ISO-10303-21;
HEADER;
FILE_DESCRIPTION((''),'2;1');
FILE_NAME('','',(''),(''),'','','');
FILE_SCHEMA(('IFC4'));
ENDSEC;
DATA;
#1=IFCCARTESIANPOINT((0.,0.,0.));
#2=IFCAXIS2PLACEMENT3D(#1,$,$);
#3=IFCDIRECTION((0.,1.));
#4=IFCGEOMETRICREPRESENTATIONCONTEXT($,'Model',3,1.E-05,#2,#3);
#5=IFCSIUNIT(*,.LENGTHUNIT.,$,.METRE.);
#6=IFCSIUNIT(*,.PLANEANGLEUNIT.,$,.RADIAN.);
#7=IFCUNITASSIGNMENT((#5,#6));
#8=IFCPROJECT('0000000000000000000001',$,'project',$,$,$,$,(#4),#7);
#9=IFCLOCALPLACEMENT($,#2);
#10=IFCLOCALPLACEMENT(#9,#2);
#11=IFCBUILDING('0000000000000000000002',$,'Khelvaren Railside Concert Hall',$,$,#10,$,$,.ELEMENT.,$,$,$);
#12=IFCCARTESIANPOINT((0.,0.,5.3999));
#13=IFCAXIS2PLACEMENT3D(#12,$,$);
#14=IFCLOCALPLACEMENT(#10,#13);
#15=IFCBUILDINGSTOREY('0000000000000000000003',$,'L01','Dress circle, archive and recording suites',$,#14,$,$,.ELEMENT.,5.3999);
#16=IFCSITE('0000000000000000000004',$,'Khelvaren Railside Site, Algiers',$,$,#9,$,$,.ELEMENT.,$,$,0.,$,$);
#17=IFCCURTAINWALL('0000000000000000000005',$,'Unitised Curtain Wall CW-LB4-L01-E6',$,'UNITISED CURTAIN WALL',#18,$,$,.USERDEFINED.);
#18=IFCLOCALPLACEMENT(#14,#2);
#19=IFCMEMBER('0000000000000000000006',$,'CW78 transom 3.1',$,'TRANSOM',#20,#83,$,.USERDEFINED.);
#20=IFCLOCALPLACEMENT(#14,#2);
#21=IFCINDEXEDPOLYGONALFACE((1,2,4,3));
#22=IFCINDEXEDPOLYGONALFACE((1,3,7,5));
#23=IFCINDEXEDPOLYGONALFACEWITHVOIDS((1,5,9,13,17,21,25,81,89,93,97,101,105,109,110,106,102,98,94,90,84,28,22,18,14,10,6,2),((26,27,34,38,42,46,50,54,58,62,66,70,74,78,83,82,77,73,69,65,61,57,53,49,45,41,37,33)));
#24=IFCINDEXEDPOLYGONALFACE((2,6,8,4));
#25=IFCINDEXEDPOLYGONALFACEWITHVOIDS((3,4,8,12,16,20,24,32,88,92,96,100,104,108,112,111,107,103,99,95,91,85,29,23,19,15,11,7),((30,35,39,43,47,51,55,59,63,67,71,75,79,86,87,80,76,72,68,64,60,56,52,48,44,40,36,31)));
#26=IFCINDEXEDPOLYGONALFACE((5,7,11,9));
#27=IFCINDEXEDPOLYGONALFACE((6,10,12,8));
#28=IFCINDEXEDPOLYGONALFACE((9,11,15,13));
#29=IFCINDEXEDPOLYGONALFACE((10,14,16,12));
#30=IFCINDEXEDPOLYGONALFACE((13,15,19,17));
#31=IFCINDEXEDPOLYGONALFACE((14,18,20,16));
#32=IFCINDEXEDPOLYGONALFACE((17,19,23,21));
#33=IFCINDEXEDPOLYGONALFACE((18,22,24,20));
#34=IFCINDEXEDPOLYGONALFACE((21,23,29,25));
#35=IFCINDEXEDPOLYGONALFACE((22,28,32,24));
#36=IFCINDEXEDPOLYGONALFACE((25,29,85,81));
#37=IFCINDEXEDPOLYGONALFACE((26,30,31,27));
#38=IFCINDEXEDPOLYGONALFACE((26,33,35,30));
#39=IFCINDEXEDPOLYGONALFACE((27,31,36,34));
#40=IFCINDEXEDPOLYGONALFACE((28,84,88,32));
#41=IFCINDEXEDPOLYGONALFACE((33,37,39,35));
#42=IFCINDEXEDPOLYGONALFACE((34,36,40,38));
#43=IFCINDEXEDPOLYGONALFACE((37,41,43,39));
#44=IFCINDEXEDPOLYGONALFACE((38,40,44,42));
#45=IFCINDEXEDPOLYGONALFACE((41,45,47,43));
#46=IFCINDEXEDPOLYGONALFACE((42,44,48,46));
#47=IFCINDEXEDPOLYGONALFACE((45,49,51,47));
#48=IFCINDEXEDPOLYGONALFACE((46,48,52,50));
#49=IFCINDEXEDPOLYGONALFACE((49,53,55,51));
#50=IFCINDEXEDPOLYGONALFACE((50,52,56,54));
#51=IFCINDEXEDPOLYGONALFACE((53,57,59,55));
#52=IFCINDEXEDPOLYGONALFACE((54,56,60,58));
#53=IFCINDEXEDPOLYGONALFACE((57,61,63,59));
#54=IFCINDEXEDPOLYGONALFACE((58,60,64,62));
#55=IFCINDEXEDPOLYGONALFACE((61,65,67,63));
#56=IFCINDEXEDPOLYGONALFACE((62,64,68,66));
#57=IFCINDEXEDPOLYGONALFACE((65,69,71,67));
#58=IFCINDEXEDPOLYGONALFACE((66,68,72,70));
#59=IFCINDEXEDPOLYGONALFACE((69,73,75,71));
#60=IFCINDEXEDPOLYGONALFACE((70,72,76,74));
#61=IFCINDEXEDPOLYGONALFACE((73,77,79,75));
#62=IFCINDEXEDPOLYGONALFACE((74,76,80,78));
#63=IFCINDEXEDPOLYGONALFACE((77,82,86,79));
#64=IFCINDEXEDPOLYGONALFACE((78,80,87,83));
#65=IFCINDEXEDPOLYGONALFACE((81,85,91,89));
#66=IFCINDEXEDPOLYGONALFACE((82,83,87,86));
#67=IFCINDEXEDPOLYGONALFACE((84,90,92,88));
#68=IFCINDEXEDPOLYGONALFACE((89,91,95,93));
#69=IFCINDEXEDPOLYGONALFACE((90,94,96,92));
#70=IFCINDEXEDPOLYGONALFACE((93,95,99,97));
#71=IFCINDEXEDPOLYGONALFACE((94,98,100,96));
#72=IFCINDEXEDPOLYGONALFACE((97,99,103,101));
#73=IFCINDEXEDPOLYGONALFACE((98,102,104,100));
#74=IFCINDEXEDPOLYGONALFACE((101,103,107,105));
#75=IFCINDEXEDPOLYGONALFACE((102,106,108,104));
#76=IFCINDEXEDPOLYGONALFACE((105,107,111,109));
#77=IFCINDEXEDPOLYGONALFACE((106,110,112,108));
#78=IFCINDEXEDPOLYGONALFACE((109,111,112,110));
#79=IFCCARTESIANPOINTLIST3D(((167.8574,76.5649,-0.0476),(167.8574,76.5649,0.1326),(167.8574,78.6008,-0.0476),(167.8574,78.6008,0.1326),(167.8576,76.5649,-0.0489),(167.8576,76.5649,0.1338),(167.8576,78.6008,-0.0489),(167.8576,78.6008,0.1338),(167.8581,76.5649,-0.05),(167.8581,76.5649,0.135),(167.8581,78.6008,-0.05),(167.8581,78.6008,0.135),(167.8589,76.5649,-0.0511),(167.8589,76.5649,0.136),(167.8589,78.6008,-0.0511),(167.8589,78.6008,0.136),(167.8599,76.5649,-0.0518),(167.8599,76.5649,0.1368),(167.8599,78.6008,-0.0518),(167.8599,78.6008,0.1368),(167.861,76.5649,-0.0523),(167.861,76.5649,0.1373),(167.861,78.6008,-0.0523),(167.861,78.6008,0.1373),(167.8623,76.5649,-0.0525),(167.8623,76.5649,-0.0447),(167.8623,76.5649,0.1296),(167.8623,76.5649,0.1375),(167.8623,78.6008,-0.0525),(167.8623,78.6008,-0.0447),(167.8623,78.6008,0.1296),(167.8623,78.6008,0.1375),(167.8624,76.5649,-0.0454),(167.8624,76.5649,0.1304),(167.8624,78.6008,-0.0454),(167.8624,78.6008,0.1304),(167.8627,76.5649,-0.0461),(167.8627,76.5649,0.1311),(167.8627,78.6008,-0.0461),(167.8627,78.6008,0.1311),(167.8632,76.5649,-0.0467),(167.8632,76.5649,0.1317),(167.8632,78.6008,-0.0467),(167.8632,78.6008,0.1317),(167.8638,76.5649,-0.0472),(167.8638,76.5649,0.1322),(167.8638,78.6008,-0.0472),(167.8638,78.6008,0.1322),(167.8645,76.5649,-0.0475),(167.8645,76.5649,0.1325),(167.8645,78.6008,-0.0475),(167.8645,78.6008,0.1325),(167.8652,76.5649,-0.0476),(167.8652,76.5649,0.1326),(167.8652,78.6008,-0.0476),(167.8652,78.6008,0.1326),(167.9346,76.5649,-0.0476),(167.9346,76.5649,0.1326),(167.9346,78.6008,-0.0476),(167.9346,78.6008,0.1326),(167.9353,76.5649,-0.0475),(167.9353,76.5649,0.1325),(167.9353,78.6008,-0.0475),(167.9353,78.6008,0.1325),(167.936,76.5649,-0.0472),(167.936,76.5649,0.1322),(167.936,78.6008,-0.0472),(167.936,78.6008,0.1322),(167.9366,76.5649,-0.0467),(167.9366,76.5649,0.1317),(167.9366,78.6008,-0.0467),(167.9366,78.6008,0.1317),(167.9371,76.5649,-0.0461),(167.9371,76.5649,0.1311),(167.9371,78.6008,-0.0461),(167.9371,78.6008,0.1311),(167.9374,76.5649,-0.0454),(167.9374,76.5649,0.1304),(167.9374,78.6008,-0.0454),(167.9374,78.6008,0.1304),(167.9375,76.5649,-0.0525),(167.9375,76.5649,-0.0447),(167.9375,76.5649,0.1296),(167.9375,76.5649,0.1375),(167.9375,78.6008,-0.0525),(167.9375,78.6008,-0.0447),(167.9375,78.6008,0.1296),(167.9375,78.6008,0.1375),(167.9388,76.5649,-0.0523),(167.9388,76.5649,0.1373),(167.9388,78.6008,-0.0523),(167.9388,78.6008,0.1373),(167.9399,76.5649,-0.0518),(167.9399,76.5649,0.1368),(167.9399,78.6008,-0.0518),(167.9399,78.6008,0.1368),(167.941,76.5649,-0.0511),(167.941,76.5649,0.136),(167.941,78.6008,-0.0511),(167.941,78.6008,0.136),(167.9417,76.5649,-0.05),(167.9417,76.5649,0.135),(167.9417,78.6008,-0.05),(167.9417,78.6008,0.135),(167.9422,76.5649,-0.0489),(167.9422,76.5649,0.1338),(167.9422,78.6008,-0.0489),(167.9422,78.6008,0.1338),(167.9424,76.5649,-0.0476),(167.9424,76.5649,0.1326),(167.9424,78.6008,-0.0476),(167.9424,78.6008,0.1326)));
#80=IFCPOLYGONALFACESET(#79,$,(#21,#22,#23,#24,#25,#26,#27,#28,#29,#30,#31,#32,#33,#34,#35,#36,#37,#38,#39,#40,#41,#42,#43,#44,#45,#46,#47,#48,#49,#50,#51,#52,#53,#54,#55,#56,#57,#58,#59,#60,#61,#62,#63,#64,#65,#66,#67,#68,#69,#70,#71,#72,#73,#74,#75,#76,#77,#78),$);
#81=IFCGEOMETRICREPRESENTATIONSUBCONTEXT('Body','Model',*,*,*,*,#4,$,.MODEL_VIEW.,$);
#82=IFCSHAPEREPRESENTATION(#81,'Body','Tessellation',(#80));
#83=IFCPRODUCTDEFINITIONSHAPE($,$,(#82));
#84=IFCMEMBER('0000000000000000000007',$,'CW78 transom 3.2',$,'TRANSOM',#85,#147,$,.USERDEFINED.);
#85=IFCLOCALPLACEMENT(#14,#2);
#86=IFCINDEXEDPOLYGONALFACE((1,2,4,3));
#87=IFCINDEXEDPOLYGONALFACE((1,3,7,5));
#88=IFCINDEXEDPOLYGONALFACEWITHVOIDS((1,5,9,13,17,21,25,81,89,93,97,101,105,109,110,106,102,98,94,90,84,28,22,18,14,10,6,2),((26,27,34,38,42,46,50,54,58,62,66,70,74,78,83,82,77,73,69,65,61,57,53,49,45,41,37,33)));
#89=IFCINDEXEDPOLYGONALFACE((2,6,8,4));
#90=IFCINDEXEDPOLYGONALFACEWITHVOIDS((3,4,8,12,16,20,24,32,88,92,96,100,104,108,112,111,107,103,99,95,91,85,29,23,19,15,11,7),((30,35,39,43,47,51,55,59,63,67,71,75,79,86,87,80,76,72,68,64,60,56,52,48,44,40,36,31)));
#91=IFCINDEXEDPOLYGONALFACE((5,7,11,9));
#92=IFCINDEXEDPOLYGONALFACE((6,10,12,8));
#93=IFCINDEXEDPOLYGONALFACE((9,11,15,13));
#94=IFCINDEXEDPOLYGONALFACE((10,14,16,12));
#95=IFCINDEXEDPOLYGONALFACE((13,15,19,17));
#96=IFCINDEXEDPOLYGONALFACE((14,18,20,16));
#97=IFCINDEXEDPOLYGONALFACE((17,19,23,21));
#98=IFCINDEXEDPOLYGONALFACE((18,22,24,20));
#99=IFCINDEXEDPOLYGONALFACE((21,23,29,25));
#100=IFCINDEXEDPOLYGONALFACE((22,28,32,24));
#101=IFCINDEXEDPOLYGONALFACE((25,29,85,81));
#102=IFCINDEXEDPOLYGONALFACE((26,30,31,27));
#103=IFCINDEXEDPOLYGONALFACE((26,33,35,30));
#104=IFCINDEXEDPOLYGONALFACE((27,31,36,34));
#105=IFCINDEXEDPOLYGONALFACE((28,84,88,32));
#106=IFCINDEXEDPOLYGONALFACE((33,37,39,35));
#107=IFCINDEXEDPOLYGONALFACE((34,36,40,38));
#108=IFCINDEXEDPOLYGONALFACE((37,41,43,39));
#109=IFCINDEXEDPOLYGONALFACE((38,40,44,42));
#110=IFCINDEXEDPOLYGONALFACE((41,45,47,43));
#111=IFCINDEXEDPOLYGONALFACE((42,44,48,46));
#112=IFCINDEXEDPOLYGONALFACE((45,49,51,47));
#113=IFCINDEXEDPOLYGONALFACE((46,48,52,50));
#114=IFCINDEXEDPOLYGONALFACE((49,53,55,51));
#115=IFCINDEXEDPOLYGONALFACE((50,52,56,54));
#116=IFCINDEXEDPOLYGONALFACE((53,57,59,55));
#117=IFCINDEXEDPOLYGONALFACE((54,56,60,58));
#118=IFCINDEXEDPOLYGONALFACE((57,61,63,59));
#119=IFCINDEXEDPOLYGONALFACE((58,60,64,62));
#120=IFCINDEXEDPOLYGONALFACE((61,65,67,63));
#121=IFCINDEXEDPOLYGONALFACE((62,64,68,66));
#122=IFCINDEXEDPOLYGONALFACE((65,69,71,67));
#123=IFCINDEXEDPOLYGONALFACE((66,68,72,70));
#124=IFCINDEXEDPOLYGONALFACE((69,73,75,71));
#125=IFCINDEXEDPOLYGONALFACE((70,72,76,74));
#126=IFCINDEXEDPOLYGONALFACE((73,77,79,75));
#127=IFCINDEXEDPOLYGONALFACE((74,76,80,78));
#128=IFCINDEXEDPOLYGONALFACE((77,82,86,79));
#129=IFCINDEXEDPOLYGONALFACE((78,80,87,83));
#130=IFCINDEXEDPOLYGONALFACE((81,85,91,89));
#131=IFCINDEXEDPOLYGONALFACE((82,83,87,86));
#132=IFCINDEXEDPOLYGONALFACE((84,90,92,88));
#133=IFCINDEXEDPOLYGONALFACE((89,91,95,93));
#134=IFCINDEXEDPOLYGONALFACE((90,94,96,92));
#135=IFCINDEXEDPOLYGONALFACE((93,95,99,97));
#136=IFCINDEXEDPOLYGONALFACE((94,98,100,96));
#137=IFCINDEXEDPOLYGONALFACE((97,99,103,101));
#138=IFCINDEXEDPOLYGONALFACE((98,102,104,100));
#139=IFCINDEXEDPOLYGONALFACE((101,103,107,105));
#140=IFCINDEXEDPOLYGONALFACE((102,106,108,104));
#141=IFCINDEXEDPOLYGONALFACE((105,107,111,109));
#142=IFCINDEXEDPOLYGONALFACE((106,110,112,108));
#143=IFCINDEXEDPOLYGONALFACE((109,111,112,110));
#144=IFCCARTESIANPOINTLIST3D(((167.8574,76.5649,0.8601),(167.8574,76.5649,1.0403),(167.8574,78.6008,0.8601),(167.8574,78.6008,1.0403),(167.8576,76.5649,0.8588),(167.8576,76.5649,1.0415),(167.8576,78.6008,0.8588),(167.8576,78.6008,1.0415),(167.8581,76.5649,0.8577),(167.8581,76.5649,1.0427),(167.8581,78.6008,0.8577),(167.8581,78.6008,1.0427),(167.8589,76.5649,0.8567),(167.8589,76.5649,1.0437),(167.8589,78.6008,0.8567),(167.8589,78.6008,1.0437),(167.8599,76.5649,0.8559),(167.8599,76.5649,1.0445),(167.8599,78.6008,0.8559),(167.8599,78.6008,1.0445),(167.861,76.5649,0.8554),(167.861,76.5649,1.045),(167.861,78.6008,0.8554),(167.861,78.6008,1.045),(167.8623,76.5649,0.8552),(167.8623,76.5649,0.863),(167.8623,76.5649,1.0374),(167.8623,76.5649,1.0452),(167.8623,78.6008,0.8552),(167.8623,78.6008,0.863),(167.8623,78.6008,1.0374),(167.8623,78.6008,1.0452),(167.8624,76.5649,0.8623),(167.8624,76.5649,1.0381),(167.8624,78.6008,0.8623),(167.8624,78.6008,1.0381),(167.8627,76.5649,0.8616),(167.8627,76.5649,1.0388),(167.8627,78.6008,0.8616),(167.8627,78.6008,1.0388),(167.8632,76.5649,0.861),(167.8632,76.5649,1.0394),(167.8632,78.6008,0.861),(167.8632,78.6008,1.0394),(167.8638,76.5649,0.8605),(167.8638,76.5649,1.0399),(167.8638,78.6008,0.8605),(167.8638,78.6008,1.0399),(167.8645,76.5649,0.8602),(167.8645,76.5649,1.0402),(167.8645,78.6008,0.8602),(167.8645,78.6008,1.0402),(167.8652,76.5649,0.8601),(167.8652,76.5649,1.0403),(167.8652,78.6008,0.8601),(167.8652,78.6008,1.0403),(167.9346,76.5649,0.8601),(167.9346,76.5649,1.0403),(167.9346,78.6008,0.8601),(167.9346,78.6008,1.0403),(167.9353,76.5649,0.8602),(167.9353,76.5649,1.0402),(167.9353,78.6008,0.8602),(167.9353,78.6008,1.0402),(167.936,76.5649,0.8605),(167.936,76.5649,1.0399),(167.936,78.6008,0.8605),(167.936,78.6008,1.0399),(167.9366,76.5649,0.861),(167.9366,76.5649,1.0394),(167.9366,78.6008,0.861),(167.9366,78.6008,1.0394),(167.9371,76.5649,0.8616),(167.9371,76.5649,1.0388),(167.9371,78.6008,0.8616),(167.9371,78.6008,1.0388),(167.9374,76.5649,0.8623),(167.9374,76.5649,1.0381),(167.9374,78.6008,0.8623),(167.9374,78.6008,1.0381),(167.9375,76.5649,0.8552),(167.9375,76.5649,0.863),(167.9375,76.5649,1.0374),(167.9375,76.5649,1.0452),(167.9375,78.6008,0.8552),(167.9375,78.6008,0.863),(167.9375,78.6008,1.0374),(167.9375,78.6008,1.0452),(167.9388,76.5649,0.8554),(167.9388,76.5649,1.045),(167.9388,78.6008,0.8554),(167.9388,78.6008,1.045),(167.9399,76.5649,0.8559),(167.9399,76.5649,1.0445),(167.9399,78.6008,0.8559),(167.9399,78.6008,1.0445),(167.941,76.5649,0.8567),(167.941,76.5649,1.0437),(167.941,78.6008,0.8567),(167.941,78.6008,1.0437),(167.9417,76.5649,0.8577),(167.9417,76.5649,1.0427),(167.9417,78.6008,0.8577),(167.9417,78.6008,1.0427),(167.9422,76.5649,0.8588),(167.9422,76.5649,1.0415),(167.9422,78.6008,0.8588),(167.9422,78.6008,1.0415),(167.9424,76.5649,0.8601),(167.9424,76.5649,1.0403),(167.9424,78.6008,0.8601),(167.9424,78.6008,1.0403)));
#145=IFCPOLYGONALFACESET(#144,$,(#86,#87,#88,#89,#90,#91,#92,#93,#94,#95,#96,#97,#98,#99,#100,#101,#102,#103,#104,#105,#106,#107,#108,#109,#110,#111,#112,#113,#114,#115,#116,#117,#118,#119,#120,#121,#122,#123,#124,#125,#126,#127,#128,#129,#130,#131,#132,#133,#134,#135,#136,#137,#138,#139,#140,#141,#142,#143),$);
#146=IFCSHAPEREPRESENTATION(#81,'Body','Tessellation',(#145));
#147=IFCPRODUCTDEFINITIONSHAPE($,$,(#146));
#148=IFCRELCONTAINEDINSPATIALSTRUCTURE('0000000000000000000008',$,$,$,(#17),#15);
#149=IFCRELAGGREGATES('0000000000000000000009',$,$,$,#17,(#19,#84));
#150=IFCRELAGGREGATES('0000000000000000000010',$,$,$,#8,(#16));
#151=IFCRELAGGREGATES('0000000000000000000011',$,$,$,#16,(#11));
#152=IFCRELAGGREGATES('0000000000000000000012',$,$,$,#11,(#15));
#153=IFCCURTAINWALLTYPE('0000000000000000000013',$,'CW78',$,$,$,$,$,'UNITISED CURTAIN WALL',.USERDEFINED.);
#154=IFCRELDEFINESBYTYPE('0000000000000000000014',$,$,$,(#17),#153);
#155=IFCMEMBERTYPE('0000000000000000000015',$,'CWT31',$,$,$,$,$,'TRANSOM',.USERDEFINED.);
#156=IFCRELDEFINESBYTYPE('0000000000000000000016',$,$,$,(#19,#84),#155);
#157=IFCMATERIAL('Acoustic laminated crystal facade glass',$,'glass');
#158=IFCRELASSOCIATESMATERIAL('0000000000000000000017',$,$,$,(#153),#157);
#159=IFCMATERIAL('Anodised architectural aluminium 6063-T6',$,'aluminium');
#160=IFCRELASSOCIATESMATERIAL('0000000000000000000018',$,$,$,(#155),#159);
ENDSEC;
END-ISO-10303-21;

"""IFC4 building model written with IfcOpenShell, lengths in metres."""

from ifc_helpers import new_model, si_unit, direction, frame, origin, origin_2d, place, context, subcontext, project, spatial, hollow_rectangle, extrude, material, material_profile, profile_set, type_object, element, aggregate, save


model = new_model("IFC4")

# Units and contexts
model_context = context("Model", 3, precision=1e-05, world=origin(), true_north=direction((0.0, 1.0)))
body_context = subcontext(model_context, "Body", "Model", "MODEL_VIEW")
ifc_project = project(units=[si_unit("LENGTHUNIT", "METRE"), si_unit("PLANEANGLEUNIT", "RADIAN")], contexts=[model_context])

# Site, building, storey
site_placement = place(None, origin())
site = spatial("IfcSite", under=ifc_project, at=site_placement, Name="Khelvaren Railside Site, Algiers", CompositionType="ELEMENT", RefElevation=0.0)
building_placement = place(site_placement, origin())
building = spatial("IfcBuilding", under=site, at=building_placement, Name="Khelvaren Railside Concert Hall", CompositionType="ELEMENT")
storey_placement = place(building_placement, frame((0.0, 0.0, 5.3999)))
storey = spatial("IfcBuildingStorey", under=building, at=storey_placement, Name="L01", Description="Dress circle, archive and recording suites", CompositionType="ELEMENT", Elevation=5.3999)

# Curtain wall, members
ifc_material_1 = material(Name="Acoustic laminated crystal facade glass", Category="glass")
curtain_wall_type = type_object("IfcCurtainWallType", Name="CW78", ElementType="UNITISED CURTAIN WALL", PredefinedType="USERDEFINED", material=ifc_material_1)
curtain_wall_placement = place(storey_placement, origin())
curtain_wall = element("IfcCurtainWall", 1, at=curtain_wall_placement, inside=storey, type_object=curtain_wall_type, Name="Unitised Curtain Wall CW-LB4-L01-E6", ObjectType="UNITISED CURTAIN WALL", PredefinedType="USERDEFINED")
ifc_material_2 = material(Name="Anodised architectural aluminium 6063-T6", Category="aluminium")
ifc_material_profile_1 = material_profile(ifc_material_2, hollow_rectangle(XDim=0.085, YDim=0.1899, WallThickness=0.0049, InnerFilletRadius=0.0029, OuterFilletRadius=0.0049, at=origin_2d()), Name="CWT 85x190x5")
ifc_profile_set_1 = profile_set([ifc_material_profile_1], Name="Anodised architectural aluminium 6063-T6")
member_type_1 = type_object("IfcMemberType", Name="CWT31", ElementType="TRANSOM", PredefinedType="USERDEFINED", material=ifc_profile_set_1)
member_1_placement = place(storey_placement, frame((167.8999, 78.6008, 0.0425), z_axis=(0.0, -1.0, 0.0), x_axis=(1.0, 0.0, 0.0)))
member_1 = element("IfcMember", 2, at=member_1_placement, type_object=member_type_1, Name="CW78 transom 3.1", ObjectType="TRANSOM", PredefinedType="USERDEFINED", context=body_context, shape_type="SweptSolid", body=[
    extrude(hollow_rectangle(XDim=0.085, YDim=0.1899, WallThickness=0.0049, InnerFilletRadius=0.0029, OuterFilletRadius=0.0049, at=origin_2d()), origin(), (0.0, 0.0, 1.0), 2.0359),
])
member_2_placement = place(storey_placement, frame((167.8999, 78.6008, 0.9502), z_axis=(0.0, -1.0, 0.0), x_axis=(1.0, 0.0, 0.0)))
member_2 = element("IfcMember", 3, at=member_2_placement, type_object=member_type_1, Name="CW78 transom 3.2", ObjectType="TRANSOM", PredefinedType="USERDEFINED", context=body_context, shape_type="SweptSolid", body=[
    extrude(hollow_rectangle(XDim=0.085, YDim=0.1899, WallThickness=0.0049, InnerFilletRadius=0.0029, OuterFilletRadius=0.0049, at=origin_2d()), origin(), (0.0, 0.0, 1.0), 2.0359),
])
aggregate(curtain_wall, [member_1, member_2])

save(model, "model.ifc")
